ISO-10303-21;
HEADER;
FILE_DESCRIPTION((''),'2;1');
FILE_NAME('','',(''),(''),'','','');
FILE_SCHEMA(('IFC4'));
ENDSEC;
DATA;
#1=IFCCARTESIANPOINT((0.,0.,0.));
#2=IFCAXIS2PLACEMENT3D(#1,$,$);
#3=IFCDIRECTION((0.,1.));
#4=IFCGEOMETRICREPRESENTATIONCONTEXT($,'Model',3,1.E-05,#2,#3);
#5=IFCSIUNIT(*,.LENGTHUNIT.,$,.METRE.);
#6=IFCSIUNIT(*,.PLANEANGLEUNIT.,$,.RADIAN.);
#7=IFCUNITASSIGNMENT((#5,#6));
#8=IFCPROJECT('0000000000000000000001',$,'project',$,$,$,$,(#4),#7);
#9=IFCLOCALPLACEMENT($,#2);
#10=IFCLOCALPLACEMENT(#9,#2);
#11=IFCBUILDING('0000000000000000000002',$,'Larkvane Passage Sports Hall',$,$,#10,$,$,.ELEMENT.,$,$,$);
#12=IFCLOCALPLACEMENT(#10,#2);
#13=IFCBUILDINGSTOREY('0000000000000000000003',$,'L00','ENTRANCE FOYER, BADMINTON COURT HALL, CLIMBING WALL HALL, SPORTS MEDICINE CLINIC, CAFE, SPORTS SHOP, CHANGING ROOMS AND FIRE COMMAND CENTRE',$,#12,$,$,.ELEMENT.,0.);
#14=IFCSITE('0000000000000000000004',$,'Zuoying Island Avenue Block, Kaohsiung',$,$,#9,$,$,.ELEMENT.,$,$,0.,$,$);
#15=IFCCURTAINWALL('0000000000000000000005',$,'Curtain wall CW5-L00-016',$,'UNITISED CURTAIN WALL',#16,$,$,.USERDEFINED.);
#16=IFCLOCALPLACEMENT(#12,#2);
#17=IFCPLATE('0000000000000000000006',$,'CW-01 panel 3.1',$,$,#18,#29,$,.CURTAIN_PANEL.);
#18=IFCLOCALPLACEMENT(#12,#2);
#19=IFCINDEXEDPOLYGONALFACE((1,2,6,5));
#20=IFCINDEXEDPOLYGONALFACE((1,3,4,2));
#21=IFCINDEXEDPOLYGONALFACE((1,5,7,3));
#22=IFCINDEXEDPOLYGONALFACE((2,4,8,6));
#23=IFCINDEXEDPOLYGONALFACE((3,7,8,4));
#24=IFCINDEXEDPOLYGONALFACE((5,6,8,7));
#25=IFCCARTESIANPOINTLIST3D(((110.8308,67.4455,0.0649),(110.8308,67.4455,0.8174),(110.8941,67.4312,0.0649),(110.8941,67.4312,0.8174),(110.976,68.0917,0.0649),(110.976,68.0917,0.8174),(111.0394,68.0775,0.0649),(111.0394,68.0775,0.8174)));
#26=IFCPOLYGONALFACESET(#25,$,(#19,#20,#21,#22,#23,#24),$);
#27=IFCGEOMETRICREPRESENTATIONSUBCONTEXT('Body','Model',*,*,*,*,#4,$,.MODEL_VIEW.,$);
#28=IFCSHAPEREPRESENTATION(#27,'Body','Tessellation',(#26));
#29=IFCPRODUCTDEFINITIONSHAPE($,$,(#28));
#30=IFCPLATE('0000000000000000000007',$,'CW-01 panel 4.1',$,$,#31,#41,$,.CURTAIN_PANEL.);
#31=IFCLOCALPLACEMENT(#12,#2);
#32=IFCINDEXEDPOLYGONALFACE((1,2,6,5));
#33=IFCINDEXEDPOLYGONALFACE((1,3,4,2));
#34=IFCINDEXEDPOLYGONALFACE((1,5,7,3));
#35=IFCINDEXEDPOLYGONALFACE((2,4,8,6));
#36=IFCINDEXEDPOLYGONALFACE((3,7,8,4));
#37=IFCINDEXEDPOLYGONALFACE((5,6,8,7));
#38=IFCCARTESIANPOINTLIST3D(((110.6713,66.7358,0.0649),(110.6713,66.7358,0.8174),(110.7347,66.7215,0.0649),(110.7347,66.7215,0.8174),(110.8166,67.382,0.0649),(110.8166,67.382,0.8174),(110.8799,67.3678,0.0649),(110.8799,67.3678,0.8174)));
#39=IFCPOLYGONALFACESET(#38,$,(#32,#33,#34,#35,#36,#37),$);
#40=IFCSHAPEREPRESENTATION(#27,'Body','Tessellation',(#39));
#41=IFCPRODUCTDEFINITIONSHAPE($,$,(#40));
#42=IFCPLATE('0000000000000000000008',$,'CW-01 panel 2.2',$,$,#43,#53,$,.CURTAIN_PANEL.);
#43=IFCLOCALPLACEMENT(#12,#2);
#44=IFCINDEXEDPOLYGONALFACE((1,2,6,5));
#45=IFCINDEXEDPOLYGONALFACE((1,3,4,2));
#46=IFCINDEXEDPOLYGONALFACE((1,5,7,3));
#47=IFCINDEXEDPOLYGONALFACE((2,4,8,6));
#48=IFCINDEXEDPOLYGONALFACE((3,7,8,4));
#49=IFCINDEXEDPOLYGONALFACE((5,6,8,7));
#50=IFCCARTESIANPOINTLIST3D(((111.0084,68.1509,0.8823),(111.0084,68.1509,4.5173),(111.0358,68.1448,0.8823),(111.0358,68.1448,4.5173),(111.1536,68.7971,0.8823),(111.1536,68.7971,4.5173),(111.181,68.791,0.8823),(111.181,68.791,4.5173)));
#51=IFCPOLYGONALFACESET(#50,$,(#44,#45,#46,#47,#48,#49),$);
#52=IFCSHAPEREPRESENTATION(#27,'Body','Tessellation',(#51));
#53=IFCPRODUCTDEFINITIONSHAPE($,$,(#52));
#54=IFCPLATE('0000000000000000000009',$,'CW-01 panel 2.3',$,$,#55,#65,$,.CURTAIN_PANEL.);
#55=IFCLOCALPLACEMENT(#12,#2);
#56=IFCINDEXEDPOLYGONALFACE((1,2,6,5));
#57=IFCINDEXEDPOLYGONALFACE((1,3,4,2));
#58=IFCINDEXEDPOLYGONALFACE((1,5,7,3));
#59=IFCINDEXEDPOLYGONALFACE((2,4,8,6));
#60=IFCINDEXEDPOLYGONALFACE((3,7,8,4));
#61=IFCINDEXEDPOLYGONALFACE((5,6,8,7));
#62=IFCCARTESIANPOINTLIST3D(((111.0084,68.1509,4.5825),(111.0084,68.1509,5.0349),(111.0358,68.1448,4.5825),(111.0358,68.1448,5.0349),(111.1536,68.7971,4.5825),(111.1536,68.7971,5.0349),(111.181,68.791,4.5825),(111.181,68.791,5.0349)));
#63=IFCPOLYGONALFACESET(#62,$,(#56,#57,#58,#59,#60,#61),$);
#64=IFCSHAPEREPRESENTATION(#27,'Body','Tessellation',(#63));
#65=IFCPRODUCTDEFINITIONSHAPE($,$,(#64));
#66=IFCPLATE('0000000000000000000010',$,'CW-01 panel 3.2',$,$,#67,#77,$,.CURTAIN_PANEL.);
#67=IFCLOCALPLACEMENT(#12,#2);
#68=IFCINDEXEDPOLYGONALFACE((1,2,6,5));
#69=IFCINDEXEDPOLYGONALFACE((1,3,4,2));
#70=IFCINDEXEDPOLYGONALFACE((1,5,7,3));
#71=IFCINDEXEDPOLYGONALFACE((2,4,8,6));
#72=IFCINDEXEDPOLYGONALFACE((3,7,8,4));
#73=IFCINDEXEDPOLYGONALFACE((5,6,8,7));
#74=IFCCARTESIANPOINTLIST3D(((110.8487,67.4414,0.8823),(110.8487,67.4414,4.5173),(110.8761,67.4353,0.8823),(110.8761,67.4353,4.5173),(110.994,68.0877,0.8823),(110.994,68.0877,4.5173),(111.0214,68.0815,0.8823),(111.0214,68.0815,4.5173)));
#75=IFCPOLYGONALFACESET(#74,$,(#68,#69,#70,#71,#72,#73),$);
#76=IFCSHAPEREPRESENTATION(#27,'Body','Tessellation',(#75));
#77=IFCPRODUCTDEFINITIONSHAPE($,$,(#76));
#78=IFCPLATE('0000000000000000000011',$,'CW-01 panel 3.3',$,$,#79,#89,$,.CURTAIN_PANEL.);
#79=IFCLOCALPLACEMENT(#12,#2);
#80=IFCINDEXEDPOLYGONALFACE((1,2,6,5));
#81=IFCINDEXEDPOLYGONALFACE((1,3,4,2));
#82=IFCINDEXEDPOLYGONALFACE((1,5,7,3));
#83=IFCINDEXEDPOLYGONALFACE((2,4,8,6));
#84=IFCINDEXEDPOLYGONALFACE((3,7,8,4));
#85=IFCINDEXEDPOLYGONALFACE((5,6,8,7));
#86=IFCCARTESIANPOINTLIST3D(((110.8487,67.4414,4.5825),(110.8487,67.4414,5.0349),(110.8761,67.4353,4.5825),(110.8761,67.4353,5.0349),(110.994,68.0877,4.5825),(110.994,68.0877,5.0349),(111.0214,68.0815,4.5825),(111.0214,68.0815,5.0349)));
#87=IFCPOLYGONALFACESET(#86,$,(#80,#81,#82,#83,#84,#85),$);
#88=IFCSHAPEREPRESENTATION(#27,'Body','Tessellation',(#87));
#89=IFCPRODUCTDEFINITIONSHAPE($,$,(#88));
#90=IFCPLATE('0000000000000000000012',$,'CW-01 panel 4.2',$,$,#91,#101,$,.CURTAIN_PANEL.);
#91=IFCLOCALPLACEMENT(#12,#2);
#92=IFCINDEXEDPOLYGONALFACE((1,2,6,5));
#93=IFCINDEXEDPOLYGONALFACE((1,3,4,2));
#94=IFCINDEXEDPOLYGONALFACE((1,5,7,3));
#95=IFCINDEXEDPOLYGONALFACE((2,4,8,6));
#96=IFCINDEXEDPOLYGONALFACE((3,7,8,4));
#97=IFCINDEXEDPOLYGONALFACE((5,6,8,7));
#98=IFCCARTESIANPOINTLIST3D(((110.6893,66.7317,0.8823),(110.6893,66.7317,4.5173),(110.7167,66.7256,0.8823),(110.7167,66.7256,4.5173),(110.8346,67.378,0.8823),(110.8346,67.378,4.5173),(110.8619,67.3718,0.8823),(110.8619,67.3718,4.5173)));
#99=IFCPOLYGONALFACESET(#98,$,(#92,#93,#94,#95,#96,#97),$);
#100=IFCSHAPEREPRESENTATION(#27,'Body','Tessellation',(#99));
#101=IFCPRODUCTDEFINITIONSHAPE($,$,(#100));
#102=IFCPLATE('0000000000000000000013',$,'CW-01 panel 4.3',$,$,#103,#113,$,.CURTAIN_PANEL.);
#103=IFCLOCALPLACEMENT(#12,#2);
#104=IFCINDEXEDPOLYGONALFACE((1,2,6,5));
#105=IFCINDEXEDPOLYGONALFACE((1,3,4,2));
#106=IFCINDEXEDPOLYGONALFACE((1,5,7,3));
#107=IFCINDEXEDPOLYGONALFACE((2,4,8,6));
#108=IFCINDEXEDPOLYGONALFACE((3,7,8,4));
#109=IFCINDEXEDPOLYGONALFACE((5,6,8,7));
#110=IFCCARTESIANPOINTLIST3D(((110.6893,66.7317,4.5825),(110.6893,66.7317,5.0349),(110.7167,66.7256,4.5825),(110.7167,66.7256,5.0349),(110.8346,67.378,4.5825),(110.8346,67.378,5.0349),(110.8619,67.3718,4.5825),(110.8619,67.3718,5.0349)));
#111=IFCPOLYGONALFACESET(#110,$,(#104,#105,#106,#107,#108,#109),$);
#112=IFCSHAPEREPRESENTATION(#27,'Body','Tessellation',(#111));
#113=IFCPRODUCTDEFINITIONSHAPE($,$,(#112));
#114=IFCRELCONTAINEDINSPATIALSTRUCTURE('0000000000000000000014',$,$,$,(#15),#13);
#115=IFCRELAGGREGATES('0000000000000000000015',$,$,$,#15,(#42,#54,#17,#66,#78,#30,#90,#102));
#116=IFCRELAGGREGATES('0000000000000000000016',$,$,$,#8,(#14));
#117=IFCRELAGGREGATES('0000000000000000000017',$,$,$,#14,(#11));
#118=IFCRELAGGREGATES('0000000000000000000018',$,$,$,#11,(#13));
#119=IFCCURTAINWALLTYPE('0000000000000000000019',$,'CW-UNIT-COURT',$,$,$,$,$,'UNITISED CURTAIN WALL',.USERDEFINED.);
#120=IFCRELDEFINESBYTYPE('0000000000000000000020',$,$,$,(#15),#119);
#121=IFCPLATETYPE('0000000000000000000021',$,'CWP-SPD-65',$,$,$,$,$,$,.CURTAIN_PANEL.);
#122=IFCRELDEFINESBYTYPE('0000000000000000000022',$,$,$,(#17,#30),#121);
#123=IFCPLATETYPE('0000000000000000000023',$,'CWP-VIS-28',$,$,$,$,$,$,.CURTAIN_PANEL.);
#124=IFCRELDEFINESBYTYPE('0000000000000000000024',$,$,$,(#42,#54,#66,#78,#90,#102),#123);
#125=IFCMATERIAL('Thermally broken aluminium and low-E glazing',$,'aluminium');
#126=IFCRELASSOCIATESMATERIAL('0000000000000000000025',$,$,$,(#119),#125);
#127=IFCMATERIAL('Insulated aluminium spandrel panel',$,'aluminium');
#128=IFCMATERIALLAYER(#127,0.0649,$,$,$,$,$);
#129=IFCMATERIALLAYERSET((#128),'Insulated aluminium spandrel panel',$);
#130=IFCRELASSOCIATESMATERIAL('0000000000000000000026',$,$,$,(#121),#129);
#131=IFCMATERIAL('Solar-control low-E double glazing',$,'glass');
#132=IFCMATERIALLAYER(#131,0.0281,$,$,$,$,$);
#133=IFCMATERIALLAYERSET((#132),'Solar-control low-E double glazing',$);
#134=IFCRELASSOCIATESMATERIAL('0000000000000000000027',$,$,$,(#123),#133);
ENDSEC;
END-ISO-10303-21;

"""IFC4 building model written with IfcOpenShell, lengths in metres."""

from ifc_helpers import new_model, si_unit, direction, frame, origin, origin_2d, place, context, subcontext, project, spatial, rectangle, extrude, material, layer, layer_set, type_object, element, aggregate, save


model = new_model("IFC4")

# Units and contexts
model_context = context("Model", 3, precision=1e-05, world=origin(), true_north=direction((0.0, 1.0)))
body_context = subcontext(model_context, "Body", "Model", "MODEL_VIEW")
ifc_project = project(units=[si_unit("LENGTHUNIT", "METRE"), si_unit("PLANEANGLEUNIT", "RADIAN")], contexts=[model_context])

# Site, building, storey
site_placement = place(None, origin())
site = spatial("IfcSite", under=ifc_project, at=site_placement, Name="Zuoying Island Avenue Block, Kaohsiung", CompositionType="ELEMENT", RefElevation=0.0)
building_placement = place(site_placement, origin())
building = spatial("IfcBuilding", under=site, at=building_placement, Name="Larkvane Passage Sports Hall", CompositionType="ELEMENT")
storey_placement = place(building_placement, origin())
storey = spatial("IfcBuildingStorey", under=building, at=storey_placement, Name="L00", Description="ENTRANCE FOYER, BADMINTON COURT HALL, CLIMBING WALL HALL, SPORTS MEDICINE CLINIC, CAFE, SPORTS SHOP, CHANGING ROOMS AND FIRE COMMAND CENTRE", CompositionType="ELEMENT", Elevation=0.0)

# Curtain wall, plates
ifc_material_1 = material(Name="Thermally broken aluminium and low-E glazing", Category="aluminium")
curtain_wall_type = type_object("IfcCurtainWallType", Name="CW-UNIT-COURT", ElementType="UNITISED CURTAIN WALL", PredefinedType="USERDEFINED", material=ifc_material_1)
curtain_wall_placement = place(storey_placement, origin())
curtain_wall = element("IfcCurtainWall", 1, at=curtain_wall_placement, inside=storey, type_object=curtain_wall_type, Name="Curtain wall CW5-L00-016", ObjectType="UNITISED CURTAIN WALL", PredefinedType="USERDEFINED")
ifc_material_2 = material(Name="Insulated aluminium spandrel panel", Category="aluminium")
ifc_layer_1 = layer(ifc_material_2, 0.0649)
ifc_layer_set_1 = layer_set([ifc_layer_1], Name="Insulated aluminium spandrel panel")
plate_type_1 = type_object("IfcPlateType", Name="CWP-SPD-65", PredefinedType="CURTAIN_PANEL", material=ifc_layer_set_1)
plate_1_placement = place(storey_placement, frame((110.9351, 67.7615, 0.0649), z_axis=(0.0, 0.0, 1.0), x_axis=(-0.219261, -0.975666, 0.0)))
plate_1 = element("IfcPlate", 2, at=plate_1_placement, type_object=plate_type_1, Name="CW-01 panel 3.1", PredefinedType="CURTAIN_PANEL", context=body_context, shape_type="SweptSolid", body=[
    extrude(rectangle(XDim=0.6624, YDim=0.0649, at=origin_2d()), origin(), (0.0, 0.0, 1.0), 0.7524),
])
plate_2_placement = place(storey_placement, frame((110.7756, 67.0518, 0.0649), z_axis=(0.0, 0.0, 1.0), x_axis=(-0.219261, -0.975666, 0.0)))
plate_2 = element("IfcPlate", 3, at=plate_2_placement, type_object=plate_type_1, Name="CW-01 panel 4.1", PredefinedType="CURTAIN_PANEL", context=body_context, shape_type="SweptSolid", body=[
    extrude(rectangle(XDim=0.6624, YDim=0.0649, at=origin_2d()), origin(), (0.0, 0.0, 1.0), 0.7524),
])
ifc_material_3 = material(Name="Solar-control low-E double glazing", Category="glass")
ifc_layer_2 = layer(ifc_material_3, 0.0281)
ifc_layer_set_2 = layer_set([ifc_layer_2], Name="Solar-control low-E double glazing")
plate_type_2 = type_object("IfcPlateType", Name="CWP-VIS-28", PredefinedType="CURTAIN_PANEL", material=ifc_layer_set_2)
plate_3_placement = place(storey_placement, frame((111.0947, 68.4709, 0.8823), z_axis=(0.0, 0.0, 1.0), x_axis=(-0.219261, -0.975666, 0.0)))
plate_3 = element("IfcPlate", 4, at=plate_3_placement, type_object=plate_type_2, Name="CW-01 panel 2.2", PredefinedType="CURTAIN_PANEL", context=body_context, shape_type="SweptSolid", body=[
    extrude(rectangle(XDim=0.6624, YDim=0.0281, at=origin_2d()), origin(), (0.0, 0.0, 1.0), 3.635),
])
plate_4_placement = place(storey_placement, frame((111.0947, 68.4709, 4.5825), z_axis=(0.0, 0.0, 1.0), x_axis=(-0.219261, -0.975666, 0.0)))
plate_4 = element("IfcPlate", 5, at=plate_4_placement, type_object=plate_type_2, Name="CW-01 panel 2.3", PredefinedType="CURTAIN_PANEL", context=body_context, shape_type="SweptSolid", body=[
    extrude(rectangle(XDim=0.6624, YDim=0.0281, at=origin_2d()), origin(), (0.0, 0.0, 1.0), 0.4524),
])
plate_5_placement = place(storey_placement, frame((110.9351, 67.7615, 0.8823), z_axis=(0.0, 0.0, 1.0), x_axis=(-0.219261, -0.975666, 0.0)))
plate_5 = element("IfcPlate", 6, at=plate_5_placement, type_object=plate_type_2, Name="CW-01 panel 3.2", PredefinedType="CURTAIN_PANEL", context=body_context, shape_type="SweptSolid", body=[
    extrude(rectangle(XDim=0.6624, YDim=0.0281, at=origin_2d()), origin(), (0.0, 0.0, 1.0), 3.635),
])
plate_6_placement = place(storey_placement, frame((110.9351, 67.7615, 4.5825), z_axis=(0.0, 0.0, 1.0), x_axis=(-0.219261, -0.975666, 0.0)))
plate_6 = element("IfcPlate", 7, at=plate_6_placement, type_object=plate_type_2, Name="CW-01 panel 3.3", PredefinedType="CURTAIN_PANEL", context=body_context, shape_type="SweptSolid", body=[
    extrude(rectangle(XDim=0.6624, YDim=0.0281, at=origin_2d()), origin(), (0.0, 0.0, 1.0), 0.4524),
])
plate_7_placement = place(storey_placement, frame((110.7756, 67.0518, 0.8823), z_axis=(0.0, 0.0, 1.0), x_axis=(-0.219261, -0.975666, 0.0)))
plate_7 = element("IfcPlate", 8, at=plate_7_placement, type_object=plate_type_2, Name="CW-01 panel 4.2", PredefinedType="CURTAIN_PANEL", context=body_context, shape_type="SweptSolid", body=[
    extrude(rectangle(XDim=0.6624, YDim=0.0281, at=origin_2d()), origin(), (0.0, 0.0, 1.0), 3.635),
])
plate_8_placement = place(storey_placement, frame((110.7756, 67.0518, 4.5825), z_axis=(0.0, 0.0, 1.0), x_axis=(-0.219261, -0.975666, 0.0)))
plate_8 = element("IfcPlate", 9, at=plate_8_placement, type_object=plate_type_2, Name="CW-01 panel 4.3", PredefinedType="CURTAIN_PANEL", context=body_context, shape_type="SweptSolid", body=[
    extrude(rectangle(XDim=0.6624, YDim=0.0281, at=origin_2d()), origin(), (0.0, 0.0, 1.0), 0.4524),
])
aggregate(curtain_wall, [plate_3, plate_4, plate_1, plate_5, plate_6, plate_2, plate_7, plate_8])

save(model, "model.ifc")
